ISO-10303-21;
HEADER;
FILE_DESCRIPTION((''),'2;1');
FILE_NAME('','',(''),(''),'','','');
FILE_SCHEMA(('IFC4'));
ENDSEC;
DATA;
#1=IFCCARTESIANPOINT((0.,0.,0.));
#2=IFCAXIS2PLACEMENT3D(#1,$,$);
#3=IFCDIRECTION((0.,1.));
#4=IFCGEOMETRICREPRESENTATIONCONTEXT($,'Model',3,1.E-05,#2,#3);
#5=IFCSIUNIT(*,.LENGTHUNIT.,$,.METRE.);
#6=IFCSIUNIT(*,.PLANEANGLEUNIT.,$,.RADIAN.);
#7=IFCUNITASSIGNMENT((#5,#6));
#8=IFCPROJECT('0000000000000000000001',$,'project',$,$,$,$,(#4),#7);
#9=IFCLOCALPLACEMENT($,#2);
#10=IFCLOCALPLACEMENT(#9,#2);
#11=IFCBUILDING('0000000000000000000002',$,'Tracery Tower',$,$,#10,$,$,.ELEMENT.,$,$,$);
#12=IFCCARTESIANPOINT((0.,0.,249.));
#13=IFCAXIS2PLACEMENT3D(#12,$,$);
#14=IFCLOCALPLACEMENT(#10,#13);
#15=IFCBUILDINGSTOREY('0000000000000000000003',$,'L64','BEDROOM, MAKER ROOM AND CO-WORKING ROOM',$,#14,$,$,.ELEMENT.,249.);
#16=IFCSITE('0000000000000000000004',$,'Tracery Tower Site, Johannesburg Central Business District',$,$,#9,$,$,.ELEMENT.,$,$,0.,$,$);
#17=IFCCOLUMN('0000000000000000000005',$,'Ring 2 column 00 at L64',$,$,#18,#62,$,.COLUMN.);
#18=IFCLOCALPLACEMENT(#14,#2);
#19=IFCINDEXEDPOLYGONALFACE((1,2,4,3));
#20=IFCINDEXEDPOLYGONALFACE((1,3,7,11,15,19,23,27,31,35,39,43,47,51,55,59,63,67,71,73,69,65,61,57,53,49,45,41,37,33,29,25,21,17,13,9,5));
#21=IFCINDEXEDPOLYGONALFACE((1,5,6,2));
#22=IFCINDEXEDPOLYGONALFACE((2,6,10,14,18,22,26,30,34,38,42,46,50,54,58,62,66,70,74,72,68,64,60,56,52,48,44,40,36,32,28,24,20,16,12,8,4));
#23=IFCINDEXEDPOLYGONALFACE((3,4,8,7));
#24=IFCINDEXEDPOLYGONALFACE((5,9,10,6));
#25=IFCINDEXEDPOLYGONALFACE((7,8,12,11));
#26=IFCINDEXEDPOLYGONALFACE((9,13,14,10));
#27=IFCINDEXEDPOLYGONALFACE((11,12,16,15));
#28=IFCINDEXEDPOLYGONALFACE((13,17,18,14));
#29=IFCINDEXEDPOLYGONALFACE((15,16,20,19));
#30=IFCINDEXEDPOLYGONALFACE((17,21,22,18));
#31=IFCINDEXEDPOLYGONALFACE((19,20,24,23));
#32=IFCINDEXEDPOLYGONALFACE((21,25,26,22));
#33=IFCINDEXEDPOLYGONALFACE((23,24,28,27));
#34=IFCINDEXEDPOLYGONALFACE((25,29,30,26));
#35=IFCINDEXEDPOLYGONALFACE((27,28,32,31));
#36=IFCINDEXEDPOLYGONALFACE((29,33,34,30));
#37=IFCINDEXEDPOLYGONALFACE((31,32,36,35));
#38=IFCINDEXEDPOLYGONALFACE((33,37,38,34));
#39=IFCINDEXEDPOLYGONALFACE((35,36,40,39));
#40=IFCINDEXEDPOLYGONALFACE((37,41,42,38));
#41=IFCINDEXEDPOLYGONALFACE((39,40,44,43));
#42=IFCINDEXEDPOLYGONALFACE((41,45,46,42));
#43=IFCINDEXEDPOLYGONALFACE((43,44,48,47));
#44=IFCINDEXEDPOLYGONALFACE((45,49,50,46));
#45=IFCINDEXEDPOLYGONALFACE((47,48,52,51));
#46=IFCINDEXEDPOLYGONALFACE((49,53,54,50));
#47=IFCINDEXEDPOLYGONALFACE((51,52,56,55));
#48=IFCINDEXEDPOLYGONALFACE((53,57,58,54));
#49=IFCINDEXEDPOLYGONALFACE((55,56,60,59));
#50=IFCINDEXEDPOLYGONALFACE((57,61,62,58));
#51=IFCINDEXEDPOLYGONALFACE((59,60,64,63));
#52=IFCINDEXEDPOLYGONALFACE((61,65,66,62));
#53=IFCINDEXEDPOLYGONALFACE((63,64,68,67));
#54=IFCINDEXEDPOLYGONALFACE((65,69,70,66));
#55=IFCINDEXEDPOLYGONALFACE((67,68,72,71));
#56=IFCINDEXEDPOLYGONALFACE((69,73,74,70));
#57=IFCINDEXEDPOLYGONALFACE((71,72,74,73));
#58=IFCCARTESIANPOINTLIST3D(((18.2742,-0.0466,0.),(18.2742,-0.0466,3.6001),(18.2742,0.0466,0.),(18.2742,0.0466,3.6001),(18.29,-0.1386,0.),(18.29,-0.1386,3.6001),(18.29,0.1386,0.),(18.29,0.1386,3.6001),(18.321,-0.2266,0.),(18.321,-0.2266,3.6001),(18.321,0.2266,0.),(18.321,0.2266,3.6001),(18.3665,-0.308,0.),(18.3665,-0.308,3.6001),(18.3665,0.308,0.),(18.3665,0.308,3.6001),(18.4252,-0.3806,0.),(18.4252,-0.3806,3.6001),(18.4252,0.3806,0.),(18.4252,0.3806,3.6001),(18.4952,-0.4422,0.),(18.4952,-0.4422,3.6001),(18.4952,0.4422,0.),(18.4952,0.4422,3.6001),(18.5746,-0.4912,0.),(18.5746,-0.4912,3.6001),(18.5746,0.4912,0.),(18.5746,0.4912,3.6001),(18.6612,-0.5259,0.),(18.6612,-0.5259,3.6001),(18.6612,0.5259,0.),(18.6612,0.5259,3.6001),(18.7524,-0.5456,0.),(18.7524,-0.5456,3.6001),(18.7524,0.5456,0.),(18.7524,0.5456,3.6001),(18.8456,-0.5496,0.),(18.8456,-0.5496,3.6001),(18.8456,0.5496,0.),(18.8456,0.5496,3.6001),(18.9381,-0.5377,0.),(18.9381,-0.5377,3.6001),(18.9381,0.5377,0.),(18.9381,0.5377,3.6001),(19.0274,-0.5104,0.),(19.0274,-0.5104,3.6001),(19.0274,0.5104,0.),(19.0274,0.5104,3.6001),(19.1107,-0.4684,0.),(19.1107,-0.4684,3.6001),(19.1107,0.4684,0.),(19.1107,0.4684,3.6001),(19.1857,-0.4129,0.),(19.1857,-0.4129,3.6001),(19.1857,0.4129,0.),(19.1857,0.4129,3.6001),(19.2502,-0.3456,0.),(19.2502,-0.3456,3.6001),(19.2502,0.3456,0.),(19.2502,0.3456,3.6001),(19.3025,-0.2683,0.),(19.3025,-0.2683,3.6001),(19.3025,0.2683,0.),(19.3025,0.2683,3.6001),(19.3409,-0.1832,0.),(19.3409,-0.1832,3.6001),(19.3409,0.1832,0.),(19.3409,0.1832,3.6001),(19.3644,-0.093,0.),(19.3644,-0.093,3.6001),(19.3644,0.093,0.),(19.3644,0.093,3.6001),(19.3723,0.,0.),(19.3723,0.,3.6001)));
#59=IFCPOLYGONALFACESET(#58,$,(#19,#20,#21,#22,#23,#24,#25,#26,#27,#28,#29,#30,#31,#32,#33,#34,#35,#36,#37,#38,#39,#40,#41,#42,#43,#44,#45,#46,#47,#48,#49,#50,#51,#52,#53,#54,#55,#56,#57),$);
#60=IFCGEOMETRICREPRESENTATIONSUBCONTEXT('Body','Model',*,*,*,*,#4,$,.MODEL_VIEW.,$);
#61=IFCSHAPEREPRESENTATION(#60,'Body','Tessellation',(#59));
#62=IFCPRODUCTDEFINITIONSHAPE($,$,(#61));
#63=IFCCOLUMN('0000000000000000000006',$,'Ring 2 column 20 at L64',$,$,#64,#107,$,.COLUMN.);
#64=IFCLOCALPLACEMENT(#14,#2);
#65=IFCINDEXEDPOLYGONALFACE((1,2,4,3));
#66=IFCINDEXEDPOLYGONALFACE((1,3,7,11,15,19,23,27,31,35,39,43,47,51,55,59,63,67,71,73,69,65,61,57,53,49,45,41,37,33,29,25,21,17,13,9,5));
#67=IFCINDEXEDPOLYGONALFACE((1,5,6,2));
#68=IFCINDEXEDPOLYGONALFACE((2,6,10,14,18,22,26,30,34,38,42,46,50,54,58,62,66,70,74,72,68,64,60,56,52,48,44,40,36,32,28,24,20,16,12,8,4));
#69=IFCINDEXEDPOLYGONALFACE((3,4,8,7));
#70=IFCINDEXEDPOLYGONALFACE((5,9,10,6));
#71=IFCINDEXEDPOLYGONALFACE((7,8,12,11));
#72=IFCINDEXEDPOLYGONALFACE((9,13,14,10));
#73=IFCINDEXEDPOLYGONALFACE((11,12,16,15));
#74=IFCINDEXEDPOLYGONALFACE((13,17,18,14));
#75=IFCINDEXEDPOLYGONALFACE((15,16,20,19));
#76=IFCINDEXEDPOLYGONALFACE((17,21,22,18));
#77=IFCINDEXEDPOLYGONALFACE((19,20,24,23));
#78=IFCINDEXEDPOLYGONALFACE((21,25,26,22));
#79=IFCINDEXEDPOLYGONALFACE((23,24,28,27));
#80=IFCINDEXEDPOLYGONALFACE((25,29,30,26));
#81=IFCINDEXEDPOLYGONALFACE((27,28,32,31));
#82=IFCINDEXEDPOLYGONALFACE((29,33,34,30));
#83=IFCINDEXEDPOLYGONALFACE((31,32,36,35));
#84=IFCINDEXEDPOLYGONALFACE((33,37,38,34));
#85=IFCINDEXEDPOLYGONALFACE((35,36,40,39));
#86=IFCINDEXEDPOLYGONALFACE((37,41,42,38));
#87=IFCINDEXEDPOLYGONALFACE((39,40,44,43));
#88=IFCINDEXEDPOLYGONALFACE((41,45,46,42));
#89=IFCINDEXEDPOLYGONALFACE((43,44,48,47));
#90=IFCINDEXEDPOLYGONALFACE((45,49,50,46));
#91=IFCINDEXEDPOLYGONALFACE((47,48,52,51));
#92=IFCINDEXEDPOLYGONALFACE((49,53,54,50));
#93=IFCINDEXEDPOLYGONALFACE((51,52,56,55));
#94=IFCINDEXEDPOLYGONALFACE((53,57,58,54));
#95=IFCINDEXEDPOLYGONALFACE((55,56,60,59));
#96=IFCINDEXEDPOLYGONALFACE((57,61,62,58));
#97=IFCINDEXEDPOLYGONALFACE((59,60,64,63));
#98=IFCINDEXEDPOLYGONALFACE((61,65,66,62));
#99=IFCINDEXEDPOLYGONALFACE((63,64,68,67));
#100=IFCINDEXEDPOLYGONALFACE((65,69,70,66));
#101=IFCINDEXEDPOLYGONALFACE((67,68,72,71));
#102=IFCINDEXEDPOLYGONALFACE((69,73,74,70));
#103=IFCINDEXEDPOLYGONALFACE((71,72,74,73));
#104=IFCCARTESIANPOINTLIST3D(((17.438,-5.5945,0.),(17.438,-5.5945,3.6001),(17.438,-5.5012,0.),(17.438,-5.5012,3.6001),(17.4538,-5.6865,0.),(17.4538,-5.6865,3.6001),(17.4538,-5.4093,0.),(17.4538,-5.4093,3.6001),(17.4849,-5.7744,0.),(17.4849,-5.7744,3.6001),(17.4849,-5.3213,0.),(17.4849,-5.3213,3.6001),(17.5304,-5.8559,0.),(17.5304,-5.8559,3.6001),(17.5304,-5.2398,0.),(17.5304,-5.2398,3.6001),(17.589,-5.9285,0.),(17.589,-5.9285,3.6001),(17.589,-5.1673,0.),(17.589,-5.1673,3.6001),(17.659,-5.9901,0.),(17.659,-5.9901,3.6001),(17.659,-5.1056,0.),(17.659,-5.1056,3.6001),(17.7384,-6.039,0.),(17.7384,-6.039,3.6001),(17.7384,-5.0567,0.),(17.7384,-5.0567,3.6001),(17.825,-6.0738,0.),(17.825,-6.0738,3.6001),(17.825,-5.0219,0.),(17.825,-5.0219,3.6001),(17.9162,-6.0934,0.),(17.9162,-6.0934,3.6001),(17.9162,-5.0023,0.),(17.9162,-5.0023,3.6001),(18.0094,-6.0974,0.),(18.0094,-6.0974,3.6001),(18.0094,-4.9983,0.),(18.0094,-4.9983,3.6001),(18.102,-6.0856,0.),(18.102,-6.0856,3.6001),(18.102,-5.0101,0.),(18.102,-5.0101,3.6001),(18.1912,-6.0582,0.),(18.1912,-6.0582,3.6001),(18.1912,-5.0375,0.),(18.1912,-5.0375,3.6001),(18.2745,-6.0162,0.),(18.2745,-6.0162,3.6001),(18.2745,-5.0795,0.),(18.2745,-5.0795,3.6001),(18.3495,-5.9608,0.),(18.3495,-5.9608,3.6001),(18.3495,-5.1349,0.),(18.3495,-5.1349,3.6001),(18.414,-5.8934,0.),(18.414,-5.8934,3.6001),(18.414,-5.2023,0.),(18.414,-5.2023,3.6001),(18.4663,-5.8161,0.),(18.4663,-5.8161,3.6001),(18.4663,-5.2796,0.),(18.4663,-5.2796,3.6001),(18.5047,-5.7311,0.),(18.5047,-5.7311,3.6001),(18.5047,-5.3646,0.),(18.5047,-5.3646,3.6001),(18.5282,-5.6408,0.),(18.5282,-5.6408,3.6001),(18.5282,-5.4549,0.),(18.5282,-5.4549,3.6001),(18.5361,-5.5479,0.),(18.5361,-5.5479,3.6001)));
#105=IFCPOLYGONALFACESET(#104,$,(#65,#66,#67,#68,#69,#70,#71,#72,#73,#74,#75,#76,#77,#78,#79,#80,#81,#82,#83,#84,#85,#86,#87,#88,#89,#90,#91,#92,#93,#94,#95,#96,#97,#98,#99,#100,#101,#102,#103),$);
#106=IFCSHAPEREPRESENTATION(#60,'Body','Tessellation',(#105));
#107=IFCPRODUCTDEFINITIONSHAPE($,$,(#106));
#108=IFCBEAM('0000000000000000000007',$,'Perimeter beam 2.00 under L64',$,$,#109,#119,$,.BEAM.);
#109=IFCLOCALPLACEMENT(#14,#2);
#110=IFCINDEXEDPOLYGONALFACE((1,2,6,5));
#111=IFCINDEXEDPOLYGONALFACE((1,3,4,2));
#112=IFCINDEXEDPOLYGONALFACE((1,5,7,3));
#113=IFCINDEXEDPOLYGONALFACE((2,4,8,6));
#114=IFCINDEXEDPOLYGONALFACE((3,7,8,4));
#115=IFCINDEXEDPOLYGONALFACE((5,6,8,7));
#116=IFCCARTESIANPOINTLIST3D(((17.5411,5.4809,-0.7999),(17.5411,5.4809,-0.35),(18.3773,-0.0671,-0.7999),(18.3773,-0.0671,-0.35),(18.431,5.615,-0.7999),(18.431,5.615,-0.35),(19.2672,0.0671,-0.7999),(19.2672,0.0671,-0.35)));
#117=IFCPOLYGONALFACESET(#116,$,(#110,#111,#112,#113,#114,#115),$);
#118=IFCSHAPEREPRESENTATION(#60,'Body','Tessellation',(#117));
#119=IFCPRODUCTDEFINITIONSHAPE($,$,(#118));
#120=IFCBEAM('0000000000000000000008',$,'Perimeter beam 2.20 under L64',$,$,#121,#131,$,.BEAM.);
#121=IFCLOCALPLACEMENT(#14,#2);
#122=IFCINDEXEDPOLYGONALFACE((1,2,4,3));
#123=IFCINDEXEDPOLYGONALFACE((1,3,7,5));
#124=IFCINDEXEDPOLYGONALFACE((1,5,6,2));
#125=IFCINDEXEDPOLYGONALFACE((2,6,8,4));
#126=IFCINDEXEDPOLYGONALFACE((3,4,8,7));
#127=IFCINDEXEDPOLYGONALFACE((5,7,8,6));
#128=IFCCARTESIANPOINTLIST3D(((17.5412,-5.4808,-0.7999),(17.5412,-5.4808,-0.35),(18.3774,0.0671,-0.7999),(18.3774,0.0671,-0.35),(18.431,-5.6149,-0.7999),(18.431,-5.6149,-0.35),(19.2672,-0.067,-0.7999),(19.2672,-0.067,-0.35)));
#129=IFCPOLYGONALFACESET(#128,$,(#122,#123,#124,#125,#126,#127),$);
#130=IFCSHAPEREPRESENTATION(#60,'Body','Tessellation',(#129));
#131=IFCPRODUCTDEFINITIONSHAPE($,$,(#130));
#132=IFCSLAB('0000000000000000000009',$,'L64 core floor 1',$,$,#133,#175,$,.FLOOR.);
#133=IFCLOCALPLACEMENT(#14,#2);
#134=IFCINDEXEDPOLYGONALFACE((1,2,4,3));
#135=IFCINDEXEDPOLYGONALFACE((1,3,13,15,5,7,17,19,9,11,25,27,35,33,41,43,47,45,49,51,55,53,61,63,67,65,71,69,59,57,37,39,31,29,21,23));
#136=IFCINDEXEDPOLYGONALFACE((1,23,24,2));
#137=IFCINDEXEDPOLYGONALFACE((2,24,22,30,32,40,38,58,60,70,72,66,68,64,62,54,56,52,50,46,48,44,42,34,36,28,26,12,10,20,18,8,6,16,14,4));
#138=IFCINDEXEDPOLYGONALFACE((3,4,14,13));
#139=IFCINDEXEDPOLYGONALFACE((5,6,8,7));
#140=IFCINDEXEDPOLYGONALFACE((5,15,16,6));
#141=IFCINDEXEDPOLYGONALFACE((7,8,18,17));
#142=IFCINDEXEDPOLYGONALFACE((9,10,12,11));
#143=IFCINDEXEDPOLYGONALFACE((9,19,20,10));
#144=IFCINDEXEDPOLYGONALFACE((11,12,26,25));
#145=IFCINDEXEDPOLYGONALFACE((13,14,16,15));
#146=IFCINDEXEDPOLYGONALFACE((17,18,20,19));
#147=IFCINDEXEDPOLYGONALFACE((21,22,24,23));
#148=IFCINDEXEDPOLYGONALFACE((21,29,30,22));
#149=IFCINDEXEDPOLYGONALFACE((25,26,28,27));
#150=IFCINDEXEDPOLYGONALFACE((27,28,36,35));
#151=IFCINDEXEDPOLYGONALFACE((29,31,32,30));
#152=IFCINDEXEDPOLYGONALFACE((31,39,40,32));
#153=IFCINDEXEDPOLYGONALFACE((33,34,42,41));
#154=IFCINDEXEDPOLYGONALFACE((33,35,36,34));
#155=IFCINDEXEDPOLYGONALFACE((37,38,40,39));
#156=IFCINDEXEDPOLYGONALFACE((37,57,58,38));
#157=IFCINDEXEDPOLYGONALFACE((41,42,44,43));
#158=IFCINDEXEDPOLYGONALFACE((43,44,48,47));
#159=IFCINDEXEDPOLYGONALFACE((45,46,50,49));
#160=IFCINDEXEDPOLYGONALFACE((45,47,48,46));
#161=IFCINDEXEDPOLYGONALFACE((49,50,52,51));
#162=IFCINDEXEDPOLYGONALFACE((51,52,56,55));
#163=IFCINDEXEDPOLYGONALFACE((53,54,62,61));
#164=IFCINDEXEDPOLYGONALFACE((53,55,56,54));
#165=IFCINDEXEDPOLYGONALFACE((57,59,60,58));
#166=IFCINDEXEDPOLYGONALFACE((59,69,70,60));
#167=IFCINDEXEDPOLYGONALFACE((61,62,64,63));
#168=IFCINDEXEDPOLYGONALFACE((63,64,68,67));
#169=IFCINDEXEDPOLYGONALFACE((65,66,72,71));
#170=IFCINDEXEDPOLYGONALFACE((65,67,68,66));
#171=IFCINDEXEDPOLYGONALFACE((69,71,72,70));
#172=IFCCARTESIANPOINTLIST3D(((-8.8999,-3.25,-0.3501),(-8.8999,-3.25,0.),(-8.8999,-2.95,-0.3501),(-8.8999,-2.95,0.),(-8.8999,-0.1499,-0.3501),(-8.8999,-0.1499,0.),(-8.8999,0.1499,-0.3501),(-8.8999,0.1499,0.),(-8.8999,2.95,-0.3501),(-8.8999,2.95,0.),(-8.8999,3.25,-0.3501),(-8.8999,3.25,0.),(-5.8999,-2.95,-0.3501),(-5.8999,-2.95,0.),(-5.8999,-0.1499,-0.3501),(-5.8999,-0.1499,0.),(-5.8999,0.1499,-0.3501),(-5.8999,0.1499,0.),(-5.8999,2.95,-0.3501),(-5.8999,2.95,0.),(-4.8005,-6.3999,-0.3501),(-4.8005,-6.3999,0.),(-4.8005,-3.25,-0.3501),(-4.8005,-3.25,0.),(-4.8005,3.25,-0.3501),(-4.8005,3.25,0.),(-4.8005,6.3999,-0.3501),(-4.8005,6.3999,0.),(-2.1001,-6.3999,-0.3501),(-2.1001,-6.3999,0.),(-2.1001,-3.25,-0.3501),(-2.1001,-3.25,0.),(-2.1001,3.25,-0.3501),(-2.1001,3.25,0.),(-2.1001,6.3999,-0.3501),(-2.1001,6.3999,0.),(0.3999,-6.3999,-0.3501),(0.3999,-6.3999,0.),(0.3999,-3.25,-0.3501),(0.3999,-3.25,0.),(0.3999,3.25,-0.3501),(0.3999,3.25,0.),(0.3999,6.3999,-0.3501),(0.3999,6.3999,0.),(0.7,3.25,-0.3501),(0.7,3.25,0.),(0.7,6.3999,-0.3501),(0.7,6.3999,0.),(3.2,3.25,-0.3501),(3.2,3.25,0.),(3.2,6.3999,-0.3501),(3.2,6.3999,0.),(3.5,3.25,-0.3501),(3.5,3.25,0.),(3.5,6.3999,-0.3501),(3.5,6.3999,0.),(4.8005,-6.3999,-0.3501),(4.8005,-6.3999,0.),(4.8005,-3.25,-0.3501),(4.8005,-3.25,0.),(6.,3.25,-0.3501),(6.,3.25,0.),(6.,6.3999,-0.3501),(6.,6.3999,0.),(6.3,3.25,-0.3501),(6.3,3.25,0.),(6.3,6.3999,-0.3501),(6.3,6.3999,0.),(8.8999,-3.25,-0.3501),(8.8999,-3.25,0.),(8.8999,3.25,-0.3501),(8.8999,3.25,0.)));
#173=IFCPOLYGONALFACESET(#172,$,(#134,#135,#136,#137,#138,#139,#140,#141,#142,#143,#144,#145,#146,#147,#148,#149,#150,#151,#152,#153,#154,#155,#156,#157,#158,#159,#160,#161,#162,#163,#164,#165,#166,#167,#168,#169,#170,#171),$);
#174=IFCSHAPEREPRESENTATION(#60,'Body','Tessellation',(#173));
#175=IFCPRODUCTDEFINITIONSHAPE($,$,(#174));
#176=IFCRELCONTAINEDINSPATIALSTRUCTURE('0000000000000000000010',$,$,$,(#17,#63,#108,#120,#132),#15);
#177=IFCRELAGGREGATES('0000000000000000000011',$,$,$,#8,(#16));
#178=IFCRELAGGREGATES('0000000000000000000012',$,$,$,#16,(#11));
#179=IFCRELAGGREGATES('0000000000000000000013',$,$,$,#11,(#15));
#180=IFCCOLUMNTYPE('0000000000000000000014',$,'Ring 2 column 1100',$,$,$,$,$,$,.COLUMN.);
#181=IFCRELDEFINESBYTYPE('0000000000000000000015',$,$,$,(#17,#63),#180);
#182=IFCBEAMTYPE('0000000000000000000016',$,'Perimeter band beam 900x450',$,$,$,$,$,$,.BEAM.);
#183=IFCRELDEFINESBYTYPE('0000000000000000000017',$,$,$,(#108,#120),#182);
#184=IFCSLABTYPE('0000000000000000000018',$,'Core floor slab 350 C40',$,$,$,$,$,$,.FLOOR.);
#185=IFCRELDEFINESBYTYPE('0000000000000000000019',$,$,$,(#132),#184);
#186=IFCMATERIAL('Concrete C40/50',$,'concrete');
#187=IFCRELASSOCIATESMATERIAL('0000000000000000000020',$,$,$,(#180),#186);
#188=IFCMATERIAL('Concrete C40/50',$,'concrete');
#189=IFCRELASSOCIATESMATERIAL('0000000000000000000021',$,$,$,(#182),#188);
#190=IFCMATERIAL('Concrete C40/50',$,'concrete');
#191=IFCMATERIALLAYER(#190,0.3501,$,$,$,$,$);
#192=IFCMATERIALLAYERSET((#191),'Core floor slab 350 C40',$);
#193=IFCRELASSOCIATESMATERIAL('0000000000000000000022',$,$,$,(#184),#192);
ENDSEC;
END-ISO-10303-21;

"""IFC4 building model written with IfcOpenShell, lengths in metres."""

from ifc_helpers import new_model, si_unit, direction, frame, origin, origin_2d, place, context, subcontext, project, spatial, polyline, rectangle, circle, outline, extrude, material, layer, layer_set, material_profile, profile_set, type_object, element, save


model = new_model("IFC4")

# Units and contexts
model_context = context("Model", 3, precision=1e-05, world=origin(), true_north=direction((0.0, 1.0)))
body_context = subcontext(model_context, "Body", "Model", "MODEL_VIEW")
ifc_project = project(units=[si_unit("LENGTHUNIT", "METRE"), si_unit("PLANEANGLEUNIT", "RADIAN")], contexts=[model_context])

# Site, building, storey
site_placement = place(None, origin())
site = spatial("IfcSite", under=ifc_project, at=site_placement, Name="Tracery Tower Site, Johannesburg Central Business District", CompositionType="ELEMENT", RefElevation=0.0)
building_placement = place(site_placement, origin())
building = spatial("IfcBuilding", under=site, at=building_placement, Name="Tracery Tower", CompositionType="ELEMENT")
storey_placement = place(building_placement, frame((0.0, 0.0, 249.0)))
storey = spatial("IfcBuildingStorey", under=building, at=storey_placement, Name="L64", Description="BEDROOM, MAKER ROOM AND CO-WORKING ROOM", CompositionType="ELEMENT", Elevation=249.0)

# Columns
ifc_material_1 = material(Name="Concrete C40/50", Category="concrete")
ifc_material_profile_1 = material_profile(ifc_material_1, circle(Radius=0.55, at=origin_2d()), Name="RC D1100")
ifc_profile_set_1 = profile_set([ifc_material_profile_1], Name="Concrete C40/50")
column_type = type_object("IfcColumnType", Name="Ring 2 column 1100", PredefinedType="COLUMN", material=ifc_profile_set_1)
for number, where, z_axis, x_axis, name in (
    (1, (18.8223, 0.0, 0.0), (0.0, 0.0, 1.0), (1.0, 0.0, 0.0), "Ring 2 column 00 at L64"),
    (2, (17.9861, -5.5479, 0.0), (0.0, 0.0, 1.0), (1.0, 0.0, 0.0), "Ring 2 column 20 at L64"),
):
    element("IfcColumn", number, at=place(storey_placement, frame(where, z_axis=z_axis, x_axis=x_axis)), inside=storey, type_object=column_type, Name=name, PredefinedType="COLUMN", context=body_context, shape_type="SweptSolid", body=[
        extrude(circle(Radius=0.55, at=origin_2d()), origin(), (0.0, 0.0, 1.0), 3.6001),
    ])

# Beams
ifc_material_2 = material(Name="Concrete C40/50", Category="concrete")
ifc_material_profile_2 = material_profile(ifc_material_2, rectangle(XDim=0.8999, YDim=0.45, at=origin_2d()), Name="RC 900x450")
ifc_profile_set_2 = profile_set([ifc_material_profile_2], Name="Concrete C40/50")
beam_type = type_object("IfcBeamType", Name="Perimeter band beam 900x450", PredefinedType="BEAM", material=ifc_profile_set_2)
for number, where, z_axis, x_axis, name in (
    (3, (18.8223, 0.0, -0.575), (-0.149038, 0.988831, 0.0), (-0.988831, -0.149038, 0.0), "Perimeter beam 2.00 under L64"),
    (4, (17.9861, -5.5479, -0.575), (0.149038, 0.988831, 0.0), (-0.988831, 0.149038, 0.0), "Perimeter beam 2.20 under L64"),
):
    element("IfcBeam", number, at=place(storey_placement, frame(where, z_axis=z_axis, x_axis=x_axis)), inside=storey, type_object=beam_type, Name=name, PredefinedType="BEAM", context=body_context, shape_type="SweptSolid", body=[
        extrude(rectangle(XDim=0.8999, YDim=0.45, at=origin_2d()), origin(), (0.0, 0.0, 1.0), 5.6106),
    ])

# Slab
ifc_material_3 = material(Name="Concrete C40/50", Category="concrete")
ifc_layer_1 = layer(ifc_material_3, 0.3501)
ifc_layer_set_1 = layer_set([ifc_layer_1], Name="Core floor slab 350 C40")
slab_type_1 = type_object("IfcSlabType", Name="Core floor slab 350 C40", PredefinedType="FLOOR", material=ifc_layer_set_1)
slab_1_placement = place(storey_placement, frame((0.0, 0.0, -0.3501)))
element("IfcSlab", 5, at=slab_1_placement, inside=storey, type_object=slab_type_1, Name="L64 core floor 1", PredefinedType="FLOOR", context=body_context, shape_type="SweptSolid", body=[
    extrude(outline(polyline([(-4.8005, -3.25), (-8.8999, -3.25), (-8.8999, -2.95), (-5.8999, -2.95), (-5.8999, -0.1499), (-8.8999, -0.1499), (-8.8999, 0.1499), (-5.8999, 0.1499), (-5.8999, 2.95), (-8.8999, 2.95), (-8.8999, 3.25), (-4.8005, 3.25), (-4.8005, 6.3999), (-2.1001, 6.3999), (-2.1001, 3.25), (0.3999, 3.25), (0.3999, 6.3999), (0.7, 6.3999), (0.7, 3.25), (3.2, 3.25), (3.2, 6.3999), (3.5, 6.3999), (3.5, 3.25), (6.0, 3.25), (6.0, 6.3999), (6.3, 6.3999), (6.3, 3.25), (8.8999, 3.25), (8.8999, -3.25), (4.8005, -3.25), (4.8005, -6.3999), (0.3999, -6.3999), (0.3999, -3.25), (-2.1001, -3.25), (-2.1001, -6.3999), (-4.8005, -6.3999), (-4.8005, -3.25)])), origin(), (0.0, 0.0, 1.0), 0.3501),
])

save(model, "model.ifc")
